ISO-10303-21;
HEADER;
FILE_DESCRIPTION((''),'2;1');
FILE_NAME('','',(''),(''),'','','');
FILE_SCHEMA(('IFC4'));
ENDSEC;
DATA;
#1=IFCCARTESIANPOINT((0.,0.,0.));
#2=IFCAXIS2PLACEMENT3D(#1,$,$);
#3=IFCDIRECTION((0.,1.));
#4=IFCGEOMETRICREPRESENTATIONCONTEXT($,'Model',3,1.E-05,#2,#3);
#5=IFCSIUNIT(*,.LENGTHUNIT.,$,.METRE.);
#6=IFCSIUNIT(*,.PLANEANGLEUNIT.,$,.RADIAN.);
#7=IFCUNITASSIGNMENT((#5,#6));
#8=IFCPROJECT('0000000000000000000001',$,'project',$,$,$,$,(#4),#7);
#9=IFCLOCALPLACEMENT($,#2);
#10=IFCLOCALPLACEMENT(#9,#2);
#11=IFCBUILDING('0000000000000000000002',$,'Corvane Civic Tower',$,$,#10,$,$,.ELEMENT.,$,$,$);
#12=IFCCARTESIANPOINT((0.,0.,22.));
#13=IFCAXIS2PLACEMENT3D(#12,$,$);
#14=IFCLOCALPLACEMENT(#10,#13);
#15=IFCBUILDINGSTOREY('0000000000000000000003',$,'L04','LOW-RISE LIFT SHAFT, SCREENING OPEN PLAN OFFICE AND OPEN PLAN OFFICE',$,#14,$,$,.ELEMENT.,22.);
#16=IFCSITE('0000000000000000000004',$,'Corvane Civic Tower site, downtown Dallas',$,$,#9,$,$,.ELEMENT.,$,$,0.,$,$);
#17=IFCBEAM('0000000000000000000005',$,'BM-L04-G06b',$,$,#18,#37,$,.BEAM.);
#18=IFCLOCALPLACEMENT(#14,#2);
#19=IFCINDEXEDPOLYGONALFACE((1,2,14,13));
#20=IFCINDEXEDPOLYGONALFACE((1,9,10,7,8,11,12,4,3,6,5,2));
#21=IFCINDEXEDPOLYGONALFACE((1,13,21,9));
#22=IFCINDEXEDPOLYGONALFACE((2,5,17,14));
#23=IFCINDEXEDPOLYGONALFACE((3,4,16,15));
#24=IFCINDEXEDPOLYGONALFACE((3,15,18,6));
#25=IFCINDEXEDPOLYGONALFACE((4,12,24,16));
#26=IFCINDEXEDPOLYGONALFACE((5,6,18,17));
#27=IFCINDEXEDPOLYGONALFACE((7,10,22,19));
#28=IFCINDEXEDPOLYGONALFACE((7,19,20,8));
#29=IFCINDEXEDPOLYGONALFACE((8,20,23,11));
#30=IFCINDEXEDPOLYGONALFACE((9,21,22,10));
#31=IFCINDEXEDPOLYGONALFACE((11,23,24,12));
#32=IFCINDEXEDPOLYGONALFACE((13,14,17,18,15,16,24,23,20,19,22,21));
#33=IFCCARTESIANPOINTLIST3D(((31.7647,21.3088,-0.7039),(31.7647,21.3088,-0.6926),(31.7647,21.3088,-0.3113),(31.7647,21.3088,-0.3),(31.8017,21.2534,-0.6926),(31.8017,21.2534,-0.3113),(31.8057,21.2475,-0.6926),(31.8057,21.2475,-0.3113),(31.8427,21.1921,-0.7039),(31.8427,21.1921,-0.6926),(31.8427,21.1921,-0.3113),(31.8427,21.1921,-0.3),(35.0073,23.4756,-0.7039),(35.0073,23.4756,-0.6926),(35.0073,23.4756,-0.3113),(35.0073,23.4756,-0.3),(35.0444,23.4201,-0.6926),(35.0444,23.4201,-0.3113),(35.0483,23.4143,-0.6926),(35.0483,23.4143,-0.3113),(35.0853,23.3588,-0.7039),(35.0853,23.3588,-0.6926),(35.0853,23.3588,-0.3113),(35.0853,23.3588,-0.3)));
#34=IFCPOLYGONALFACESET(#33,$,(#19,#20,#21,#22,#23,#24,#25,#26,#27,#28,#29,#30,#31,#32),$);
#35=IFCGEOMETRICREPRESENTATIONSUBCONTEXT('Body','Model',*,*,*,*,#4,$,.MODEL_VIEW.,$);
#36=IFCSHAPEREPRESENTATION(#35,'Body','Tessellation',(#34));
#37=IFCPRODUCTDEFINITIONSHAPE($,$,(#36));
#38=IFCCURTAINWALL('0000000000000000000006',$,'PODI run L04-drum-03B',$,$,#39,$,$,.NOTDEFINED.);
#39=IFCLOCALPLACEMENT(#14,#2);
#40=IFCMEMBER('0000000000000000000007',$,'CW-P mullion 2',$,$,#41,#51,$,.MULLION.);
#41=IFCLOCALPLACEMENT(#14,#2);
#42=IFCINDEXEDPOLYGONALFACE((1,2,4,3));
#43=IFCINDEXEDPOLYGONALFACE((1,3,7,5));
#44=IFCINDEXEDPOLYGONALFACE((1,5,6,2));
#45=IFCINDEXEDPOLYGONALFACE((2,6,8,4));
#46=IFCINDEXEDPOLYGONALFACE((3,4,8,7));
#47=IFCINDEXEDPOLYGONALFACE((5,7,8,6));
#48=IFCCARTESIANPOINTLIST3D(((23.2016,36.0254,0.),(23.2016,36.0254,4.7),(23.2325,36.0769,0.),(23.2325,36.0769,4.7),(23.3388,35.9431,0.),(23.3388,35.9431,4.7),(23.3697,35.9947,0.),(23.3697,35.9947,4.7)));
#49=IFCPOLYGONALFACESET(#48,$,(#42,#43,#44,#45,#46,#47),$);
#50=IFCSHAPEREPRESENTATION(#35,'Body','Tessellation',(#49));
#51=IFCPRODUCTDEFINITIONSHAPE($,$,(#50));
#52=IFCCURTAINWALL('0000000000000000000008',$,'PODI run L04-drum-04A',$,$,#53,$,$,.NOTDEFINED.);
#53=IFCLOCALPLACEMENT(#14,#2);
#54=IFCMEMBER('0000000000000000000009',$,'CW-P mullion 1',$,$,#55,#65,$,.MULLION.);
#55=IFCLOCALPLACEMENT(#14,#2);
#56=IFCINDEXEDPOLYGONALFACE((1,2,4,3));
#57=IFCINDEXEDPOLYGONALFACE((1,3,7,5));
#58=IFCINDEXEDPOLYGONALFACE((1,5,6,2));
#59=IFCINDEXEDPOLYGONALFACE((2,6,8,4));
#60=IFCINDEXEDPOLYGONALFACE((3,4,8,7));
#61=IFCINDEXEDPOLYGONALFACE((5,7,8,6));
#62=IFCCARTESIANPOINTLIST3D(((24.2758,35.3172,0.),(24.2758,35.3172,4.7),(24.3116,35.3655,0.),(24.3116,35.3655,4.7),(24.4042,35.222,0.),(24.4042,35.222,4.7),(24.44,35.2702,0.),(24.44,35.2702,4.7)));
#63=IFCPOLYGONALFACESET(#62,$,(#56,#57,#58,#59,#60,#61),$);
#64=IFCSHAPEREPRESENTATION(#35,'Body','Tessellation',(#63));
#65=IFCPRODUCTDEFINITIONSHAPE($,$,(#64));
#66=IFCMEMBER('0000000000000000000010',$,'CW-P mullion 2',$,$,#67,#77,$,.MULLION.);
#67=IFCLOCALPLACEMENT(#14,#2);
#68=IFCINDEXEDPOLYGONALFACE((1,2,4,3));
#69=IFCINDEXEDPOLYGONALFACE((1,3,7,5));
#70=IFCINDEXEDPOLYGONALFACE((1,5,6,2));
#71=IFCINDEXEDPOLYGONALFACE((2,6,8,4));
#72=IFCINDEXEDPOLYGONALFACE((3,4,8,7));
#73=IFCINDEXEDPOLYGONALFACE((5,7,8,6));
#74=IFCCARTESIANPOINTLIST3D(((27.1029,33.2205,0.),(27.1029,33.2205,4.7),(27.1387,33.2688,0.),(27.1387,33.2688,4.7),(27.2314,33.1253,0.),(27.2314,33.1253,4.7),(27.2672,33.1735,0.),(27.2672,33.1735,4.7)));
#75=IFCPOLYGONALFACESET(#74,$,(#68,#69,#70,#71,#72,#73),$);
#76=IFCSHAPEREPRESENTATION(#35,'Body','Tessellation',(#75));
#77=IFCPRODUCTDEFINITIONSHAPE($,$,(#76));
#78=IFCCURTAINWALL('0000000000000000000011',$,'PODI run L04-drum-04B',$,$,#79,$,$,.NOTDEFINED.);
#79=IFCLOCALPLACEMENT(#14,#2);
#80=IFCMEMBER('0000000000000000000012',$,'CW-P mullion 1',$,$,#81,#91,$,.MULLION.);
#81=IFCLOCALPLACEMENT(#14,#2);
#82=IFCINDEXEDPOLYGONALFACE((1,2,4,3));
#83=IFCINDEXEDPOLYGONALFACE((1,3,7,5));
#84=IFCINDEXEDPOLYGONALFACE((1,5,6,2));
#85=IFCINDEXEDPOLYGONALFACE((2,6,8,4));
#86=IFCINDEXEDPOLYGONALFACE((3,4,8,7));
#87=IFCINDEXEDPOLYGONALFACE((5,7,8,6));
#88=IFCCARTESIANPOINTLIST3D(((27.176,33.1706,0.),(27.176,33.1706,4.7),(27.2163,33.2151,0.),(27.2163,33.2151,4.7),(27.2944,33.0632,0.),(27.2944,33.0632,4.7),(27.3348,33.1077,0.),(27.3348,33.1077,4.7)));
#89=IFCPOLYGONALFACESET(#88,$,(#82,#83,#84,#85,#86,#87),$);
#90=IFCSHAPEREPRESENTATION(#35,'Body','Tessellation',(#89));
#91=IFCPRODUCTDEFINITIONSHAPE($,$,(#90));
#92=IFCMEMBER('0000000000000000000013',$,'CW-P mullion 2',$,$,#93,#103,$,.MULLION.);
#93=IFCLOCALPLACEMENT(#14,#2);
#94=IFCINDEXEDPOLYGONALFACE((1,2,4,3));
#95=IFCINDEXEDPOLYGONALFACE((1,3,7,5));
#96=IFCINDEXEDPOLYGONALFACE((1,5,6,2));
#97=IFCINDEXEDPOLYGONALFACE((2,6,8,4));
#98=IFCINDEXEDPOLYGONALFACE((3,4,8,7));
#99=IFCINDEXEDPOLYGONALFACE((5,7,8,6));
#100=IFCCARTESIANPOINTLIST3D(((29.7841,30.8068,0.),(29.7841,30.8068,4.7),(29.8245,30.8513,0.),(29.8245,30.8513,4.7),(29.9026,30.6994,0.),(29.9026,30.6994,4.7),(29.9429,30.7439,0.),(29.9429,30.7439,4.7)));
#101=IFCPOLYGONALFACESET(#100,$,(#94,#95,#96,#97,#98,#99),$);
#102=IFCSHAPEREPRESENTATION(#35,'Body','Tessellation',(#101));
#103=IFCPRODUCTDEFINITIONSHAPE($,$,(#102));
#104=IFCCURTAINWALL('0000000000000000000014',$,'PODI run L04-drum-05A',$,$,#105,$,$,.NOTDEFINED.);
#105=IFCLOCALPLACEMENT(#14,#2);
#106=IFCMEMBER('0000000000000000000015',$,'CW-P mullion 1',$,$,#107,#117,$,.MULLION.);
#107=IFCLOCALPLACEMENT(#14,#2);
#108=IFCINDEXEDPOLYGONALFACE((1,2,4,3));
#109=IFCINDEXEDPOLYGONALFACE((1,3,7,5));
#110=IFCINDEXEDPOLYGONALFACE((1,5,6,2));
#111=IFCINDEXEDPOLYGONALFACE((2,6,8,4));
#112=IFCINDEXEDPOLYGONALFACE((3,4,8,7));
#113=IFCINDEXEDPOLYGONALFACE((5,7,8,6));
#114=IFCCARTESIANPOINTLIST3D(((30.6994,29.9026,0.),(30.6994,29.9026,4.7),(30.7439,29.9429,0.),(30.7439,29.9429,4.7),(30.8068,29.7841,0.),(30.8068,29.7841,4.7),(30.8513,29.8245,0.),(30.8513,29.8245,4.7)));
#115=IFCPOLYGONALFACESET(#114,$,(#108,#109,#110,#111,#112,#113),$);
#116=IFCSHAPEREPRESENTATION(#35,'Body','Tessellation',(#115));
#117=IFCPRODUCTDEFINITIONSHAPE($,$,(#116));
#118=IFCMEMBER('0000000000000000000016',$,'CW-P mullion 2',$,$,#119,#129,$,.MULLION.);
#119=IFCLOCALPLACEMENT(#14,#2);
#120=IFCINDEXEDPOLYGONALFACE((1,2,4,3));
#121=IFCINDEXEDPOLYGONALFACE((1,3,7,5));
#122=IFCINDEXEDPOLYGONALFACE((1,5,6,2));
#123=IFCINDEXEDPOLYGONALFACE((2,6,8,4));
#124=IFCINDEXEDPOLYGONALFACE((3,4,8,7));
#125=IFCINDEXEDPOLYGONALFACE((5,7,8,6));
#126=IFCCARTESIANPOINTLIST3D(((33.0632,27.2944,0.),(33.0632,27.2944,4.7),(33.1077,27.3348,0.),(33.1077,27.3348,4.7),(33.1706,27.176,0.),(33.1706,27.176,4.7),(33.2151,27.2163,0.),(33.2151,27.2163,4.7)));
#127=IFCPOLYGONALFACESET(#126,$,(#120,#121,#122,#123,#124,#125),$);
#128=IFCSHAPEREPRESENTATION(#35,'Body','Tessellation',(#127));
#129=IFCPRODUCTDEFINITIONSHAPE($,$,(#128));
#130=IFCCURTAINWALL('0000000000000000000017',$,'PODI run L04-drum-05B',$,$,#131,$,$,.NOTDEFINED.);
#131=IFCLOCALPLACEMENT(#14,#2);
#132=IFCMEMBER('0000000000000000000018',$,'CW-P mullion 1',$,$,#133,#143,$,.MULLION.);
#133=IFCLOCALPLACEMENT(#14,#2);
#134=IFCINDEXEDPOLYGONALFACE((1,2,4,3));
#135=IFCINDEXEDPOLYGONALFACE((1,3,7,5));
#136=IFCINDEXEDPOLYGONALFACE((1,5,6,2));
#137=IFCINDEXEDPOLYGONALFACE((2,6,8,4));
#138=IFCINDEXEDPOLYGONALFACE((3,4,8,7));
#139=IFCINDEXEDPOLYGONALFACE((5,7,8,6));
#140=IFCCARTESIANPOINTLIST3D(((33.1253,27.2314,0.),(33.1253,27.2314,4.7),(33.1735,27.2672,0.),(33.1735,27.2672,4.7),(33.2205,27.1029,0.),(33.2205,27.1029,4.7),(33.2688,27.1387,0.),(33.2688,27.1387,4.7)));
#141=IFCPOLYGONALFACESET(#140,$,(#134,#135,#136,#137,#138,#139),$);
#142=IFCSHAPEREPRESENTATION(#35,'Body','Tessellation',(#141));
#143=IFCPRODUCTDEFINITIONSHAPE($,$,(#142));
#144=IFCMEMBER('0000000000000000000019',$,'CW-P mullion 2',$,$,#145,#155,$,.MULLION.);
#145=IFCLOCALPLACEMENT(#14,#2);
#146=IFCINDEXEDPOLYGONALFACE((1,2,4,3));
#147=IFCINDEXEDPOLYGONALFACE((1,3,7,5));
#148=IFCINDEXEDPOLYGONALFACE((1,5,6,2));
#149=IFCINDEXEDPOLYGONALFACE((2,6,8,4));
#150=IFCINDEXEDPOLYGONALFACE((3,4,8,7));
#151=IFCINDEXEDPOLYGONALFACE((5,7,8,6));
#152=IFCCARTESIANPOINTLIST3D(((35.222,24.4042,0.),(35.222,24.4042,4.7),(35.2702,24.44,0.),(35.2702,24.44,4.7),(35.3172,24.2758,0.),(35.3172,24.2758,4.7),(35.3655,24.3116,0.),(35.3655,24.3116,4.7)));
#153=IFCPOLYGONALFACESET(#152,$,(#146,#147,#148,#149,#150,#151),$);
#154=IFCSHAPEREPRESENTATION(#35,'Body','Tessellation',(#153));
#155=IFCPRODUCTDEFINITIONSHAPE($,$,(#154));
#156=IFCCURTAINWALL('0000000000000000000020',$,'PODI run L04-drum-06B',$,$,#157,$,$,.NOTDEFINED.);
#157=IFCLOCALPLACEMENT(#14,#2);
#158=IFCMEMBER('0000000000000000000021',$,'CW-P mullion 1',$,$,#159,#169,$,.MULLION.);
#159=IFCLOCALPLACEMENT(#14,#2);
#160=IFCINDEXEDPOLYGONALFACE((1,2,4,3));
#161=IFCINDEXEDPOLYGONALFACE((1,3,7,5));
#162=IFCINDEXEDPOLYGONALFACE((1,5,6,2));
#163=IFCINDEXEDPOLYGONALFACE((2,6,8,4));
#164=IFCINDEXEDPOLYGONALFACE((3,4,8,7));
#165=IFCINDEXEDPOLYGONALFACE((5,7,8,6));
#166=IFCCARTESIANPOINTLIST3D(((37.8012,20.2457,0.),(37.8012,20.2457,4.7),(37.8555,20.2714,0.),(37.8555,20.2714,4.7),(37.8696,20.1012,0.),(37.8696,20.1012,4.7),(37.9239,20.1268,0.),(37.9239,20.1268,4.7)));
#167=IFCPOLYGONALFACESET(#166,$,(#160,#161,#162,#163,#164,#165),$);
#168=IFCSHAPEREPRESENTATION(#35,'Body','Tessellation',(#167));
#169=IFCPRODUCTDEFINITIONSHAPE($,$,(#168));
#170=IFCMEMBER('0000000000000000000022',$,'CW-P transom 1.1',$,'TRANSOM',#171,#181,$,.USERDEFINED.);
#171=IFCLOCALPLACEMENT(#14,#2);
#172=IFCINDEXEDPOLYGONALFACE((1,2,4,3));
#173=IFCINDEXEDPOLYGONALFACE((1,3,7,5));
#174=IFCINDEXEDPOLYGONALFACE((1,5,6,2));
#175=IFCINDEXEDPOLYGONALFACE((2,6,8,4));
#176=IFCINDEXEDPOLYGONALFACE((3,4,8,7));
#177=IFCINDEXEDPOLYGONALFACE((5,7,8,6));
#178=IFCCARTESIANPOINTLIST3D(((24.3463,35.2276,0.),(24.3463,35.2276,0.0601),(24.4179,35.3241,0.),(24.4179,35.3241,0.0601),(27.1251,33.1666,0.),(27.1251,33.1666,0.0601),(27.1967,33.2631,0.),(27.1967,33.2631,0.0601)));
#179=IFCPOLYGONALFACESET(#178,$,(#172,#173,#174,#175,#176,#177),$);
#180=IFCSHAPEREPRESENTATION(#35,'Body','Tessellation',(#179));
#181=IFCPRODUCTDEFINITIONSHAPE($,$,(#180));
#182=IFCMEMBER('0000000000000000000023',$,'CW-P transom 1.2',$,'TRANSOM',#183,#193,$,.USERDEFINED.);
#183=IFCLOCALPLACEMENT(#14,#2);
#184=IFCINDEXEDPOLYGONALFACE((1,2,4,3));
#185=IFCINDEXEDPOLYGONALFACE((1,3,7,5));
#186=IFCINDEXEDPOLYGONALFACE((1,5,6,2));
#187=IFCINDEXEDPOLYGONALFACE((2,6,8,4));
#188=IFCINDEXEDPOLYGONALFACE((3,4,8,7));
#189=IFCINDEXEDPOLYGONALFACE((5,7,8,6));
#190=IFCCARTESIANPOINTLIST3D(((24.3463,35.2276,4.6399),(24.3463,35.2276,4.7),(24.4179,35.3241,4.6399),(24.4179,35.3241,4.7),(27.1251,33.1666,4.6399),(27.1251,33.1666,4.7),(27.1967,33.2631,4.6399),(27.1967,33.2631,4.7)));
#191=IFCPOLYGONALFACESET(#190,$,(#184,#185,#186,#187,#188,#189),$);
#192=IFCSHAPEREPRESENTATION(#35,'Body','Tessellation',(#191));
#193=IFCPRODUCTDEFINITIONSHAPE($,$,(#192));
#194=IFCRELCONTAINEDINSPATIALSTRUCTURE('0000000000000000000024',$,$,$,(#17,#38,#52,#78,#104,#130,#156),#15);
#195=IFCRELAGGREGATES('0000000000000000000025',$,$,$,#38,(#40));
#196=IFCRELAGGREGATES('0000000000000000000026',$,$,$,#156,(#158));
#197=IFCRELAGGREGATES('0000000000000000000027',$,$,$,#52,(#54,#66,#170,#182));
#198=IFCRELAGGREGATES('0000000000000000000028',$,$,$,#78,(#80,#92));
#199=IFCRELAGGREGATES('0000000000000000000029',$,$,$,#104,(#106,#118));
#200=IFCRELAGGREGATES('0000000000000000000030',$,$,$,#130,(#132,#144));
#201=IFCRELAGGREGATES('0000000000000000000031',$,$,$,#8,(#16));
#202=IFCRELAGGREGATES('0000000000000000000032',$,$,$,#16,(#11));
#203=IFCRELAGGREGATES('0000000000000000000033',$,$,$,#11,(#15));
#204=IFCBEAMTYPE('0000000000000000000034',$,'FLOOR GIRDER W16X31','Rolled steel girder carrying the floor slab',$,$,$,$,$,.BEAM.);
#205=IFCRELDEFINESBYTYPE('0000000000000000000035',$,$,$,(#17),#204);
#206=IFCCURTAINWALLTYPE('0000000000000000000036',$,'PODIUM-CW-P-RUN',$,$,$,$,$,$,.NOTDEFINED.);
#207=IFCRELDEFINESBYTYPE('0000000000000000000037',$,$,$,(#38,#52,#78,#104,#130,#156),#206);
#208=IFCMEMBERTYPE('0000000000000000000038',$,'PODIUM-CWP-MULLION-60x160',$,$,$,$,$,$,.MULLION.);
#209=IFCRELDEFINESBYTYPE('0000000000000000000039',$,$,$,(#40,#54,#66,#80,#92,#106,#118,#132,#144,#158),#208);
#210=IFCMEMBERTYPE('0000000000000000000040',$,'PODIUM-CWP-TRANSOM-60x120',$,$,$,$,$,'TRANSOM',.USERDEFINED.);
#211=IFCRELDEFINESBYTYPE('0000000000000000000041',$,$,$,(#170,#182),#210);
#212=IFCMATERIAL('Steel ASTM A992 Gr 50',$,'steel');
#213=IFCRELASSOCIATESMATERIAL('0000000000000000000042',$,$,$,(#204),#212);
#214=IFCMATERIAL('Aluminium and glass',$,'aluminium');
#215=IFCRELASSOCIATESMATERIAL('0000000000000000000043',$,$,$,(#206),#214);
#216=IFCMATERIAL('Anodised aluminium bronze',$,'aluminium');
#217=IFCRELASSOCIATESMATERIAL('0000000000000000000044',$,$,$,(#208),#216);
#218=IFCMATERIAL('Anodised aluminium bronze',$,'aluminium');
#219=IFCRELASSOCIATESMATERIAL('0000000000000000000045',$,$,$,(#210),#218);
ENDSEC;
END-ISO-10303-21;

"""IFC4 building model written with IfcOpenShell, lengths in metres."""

from ifc_helpers import new_model, si_unit, direction, frame, origin, origin_2d, place, context, subcontext, project, spatial, rectangle, i_section, extrude, material, material_profile, profile_set, type_object, element, aggregate, save


model = new_model("IFC4")

# Units and contexts
model_context = context("Model", 3, precision=1e-05, world=origin(), true_north=direction((0.0, 1.0)))
body_context = subcontext(model_context, "Body", "Model", "MODEL_VIEW")
ifc_project = project(units=[si_unit("LENGTHUNIT", "METRE"), si_unit("PLANEANGLEUNIT", "RADIAN")], contexts=[model_context])

# Site, building, storey
site_placement = place(None, origin())
site = spatial("IfcSite", under=ifc_project, at=site_placement, Name="Corvane Civic Tower site, downtown Dallas", CompositionType="ELEMENT", RefElevation=0.0)
building_placement = place(site_placement, origin())
building = spatial("IfcBuilding", under=site, at=building_placement, Name="Corvane Civic Tower", CompositionType="ELEMENT")
storey_placement = place(building_placement, frame((0.0, 0.0, 22.0)))
storey = spatial("IfcBuildingStorey", under=building, at=storey_placement, Name="L04", Description="LOW-RISE LIFT SHAFT, SCREENING OPEN PLAN OFFICE AND OPEN PLAN OFFICE", CompositionType="ELEMENT", Elevation=22.0)

# Beam
ifc_material_1 = material(Name="Steel ASTM A992 Gr 50", Category="steel")
ifc_material_profile_1 = material_profile(ifc_material_1, i_section(OverallWidth=0.1404, OverallDepth=0.4038, WebThickness=0.0071, FlangeThickness=0.0112, at=origin_2d()), Name="W16X31")
ifc_profile_set_1 = profile_set([ifc_material_profile_1], Name="Steel ASTM A992 Gr 50")
beam_type_1 = type_object("IfcBeamType", Name="FLOOR GIRDER W16X31", Description="Rolled steel girder carrying the floor slab", PredefinedType="BEAM", material=ifc_profile_set_1)
for number, where, z_axis, x_axis, name in (
    (1, (31.8037, 21.2505, -0.502), (0.831462, 0.555581, 0.0), (-0.555581, 0.831462, 0.0), "BM-L04-G06b"),
):
    element("IfcBeam", number, at=place(storey_placement, frame(where, z_axis=z_axis, x_axis=x_axis)), inside=storey, type_object=beam_type_1, Name=name, PredefinedType="BEAM", context=body_context, shape_type="SweptSolid", body=[
        extrude(i_section(OverallWidth=0.1404, OverallDepth=0.4038, WebThickness=0.0071, FlangeThickness=0.0112, at=origin_2d()), origin(), (0.0, 0.0, 1.0), 3.8999),
    ])

# Curtain wall, member
ifc_material_2 = material(Name="Aluminium and glass", Category="aluminium")
curtain_wall_type = type_object("IfcCurtainWallType", Name="PODIUM-CW-P-RUN", PredefinedType="NOTDEFINED", material=ifc_material_2)
curtain_wall_1_placement = place(storey_placement, origin())
curtain_wall_1 = element("IfcCurtainWall", 2, at=curtain_wall_1_placement, inside=storey, type_object=curtain_wall_type, Name="PODI run L04-drum-03B", PredefinedType="NOTDEFINED")
ifc_material_3 = material(Name="Anodised aluminium bronze", Category="aluminium")
ifc_material_profile_2 = material_profile(ifc_material_3, rectangle(XDim=0.0601, YDim=0.1599, at=origin_2d()), Name="AL 60x160")
ifc_profile_set_2 = profile_set([ifc_material_profile_2], Name="Anodised aluminium bronze")
member_type_1 = type_object("IfcMemberType", Name="PODIUM-CWP-MULLION-60x160", PredefinedType="MULLION", material=ifc_profile_set_2)
member_1_placement = place(storey_placement, frame((23.2856, 36.01, 0.0), z_axis=(0.0, 0.0, 1.0), x_axis=(0.514118, 0.85772, 0.0)))
member_1 = element("IfcMember", 3, at=member_1_placement, type_object=member_type_1, Name="CW-P mullion 2", PredefinedType="MULLION", context=body_context, shape_type="SweptSolid", body=[
    extrude(rectangle(XDim=0.0601, YDim=0.1599, at=origin_2d()), origin(), (0.0, 0.0, 1.0), 4.7),
])
aggregate(curtain_wall_1, [member_1])

# Curtain walls, members
curtain_wall_2_placement = place(storey_placement, origin())
curtain_wall_2 = element("IfcCurtainWall", 4, at=curtain_wall_2_placement, inside=storey, type_object=curtain_wall_type, Name="PODI run L04-drum-04A", PredefinedType="NOTDEFINED")
member_2_placement = place(storey_placement, frame((24.3579, 35.2937, 0.0), z_axis=(0.0, 0.0, 1.0), x_axis=(0.595705, 0.803203, 0.0)))
member_2 = element("IfcMember", 5, at=member_2_placement, type_object=member_type_1, Name="CW-P mullion 1", PredefinedType="MULLION", context=body_context, shape_type="SweptSolid", body=[
    extrude(rectangle(XDim=0.0601, YDim=0.1599, at=origin_2d()), origin(), (0.0, 0.0, 1.0), 4.7),
])
member_3_placement = place(storey_placement, frame((27.1851, 33.197, 0.0), z_axis=(0.0, 0.0, 1.0), x_axis=(0.595705, 0.803203, 0.0)))
member_3 = element("IfcMember", 6, at=member_3_placement, type_object=member_type_1, Name="CW-P mullion 2", PredefinedType="MULLION", context=body_context, shape_type="SweptSolid", body=[
    extrude(rectangle(XDim=0.0601, YDim=0.1599, at=origin_2d()), origin(), (0.0, 0.0, 1.0), 4.7),
])
curtain_wall_3_placement = place(storey_placement, origin())
curtain_wall_3 = element("IfcCurtainWall", 7, at=curtain_wall_3_placement, inside=storey, type_object=curtain_wall_type, Name="PODI run L04-drum-04B", PredefinedType="NOTDEFINED")
member_4_placement = place(storey_placement, frame((27.2554, 33.1392, 0.0), z_axis=(0.0, 0.0, 1.0), x_axis=(0.671576, 0.740935, 0.0)))
member_4 = element("IfcMember", 8, at=member_4_placement, type_object=member_type_1, Name="CW-P mullion 1", PredefinedType="MULLION", context=body_context, shape_type="SweptSolid", body=[
    extrude(rectangle(XDim=0.0601, YDim=0.1599, at=origin_2d()), origin(), (0.0, 0.0, 1.0), 4.7),
])
member_5_placement = place(storey_placement, frame((29.8635, 30.7754, 0.0), z_axis=(0.0, 0.0, 1.0), x_axis=(0.671576, 0.740935, 0.0)))
member_5 = element("IfcMember", 9, at=member_5_placement, type_object=member_type_1, Name="CW-P mullion 2", PredefinedType="MULLION", context=body_context, shape_type="SweptSolid", body=[
    extrude(rectangle(XDim=0.0601, YDim=0.1599, at=origin_2d()), origin(), (0.0, 0.0, 1.0), 4.7),
])
curtain_wall_4_placement = place(storey_placement, origin())
curtain_wall_4 = element("IfcCurtainWall", 10, at=curtain_wall_4_placement, inside=storey, type_object=curtain_wall_type, Name="PODI run L04-drum-05A", PredefinedType="NOTDEFINED")
member_6_placement = place(storey_placement, frame((30.7754, 29.8635, 0.0), z_axis=(0.0, 0.0, 1.0), x_axis=(0.740935, 0.671576, 0.0)))
member_6 = element("IfcMember", 11, at=member_6_placement, type_object=member_type_1, Name="CW-P mullion 1", PredefinedType="MULLION", context=body_context, shape_type="SweptSolid", body=[
    extrude(rectangle(XDim=0.0601, YDim=0.1599, at=origin_2d()), origin(), (0.0, 0.0, 1.0), 4.7),
])
member_7_placement = place(storey_placement, frame((33.1392, 27.2554, 0.0), z_axis=(0.0, 0.0, 1.0), x_axis=(0.740935, 0.671576, 0.0)))
member_7 = element("IfcMember", 12, at=member_7_placement, type_object=member_type_1, Name="CW-P mullion 2", PredefinedType="MULLION", context=body_context, shape_type="SweptSolid", body=[
    extrude(rectangle(XDim=0.0601, YDim=0.1599, at=origin_2d()), origin(), (0.0, 0.0, 1.0), 4.7),
])
curtain_wall_5_placement = place(storey_placement, origin())
curtain_wall_5 = element("IfcCurtainWall", 13, at=curtain_wall_5_placement, inside=storey, type_object=curtain_wall_type, Name="PODI run L04-drum-05B", PredefinedType="NOTDEFINED")
member_8_placement = place(storey_placement, frame((33.197, 27.1851, 0.0), z_axis=(0.0, 0.0, 1.0), x_axis=(0.803203, 0.595705, 0.0)))
member_8 = element("IfcMember", 14, at=member_8_placement, type_object=member_type_1, Name="CW-P mullion 1", PredefinedType="MULLION", context=body_context, shape_type="SweptSolid", body=[
    extrude(rectangle(XDim=0.0601, YDim=0.1599, at=origin_2d()), origin(), (0.0, 0.0, 1.0), 4.7),
])
member_9_placement = place(storey_placement, frame((35.2937, 24.3579, 0.0), z_axis=(0.0, 0.0, 1.0), x_axis=(0.803203, 0.595705, 0.0)))
member_9 = element("IfcMember", 15, at=member_9_placement, type_object=member_type_1, Name="CW-P mullion 2", PredefinedType="MULLION", context=body_context, shape_type="SweptSolid", body=[
    extrude(rectangle(XDim=0.0601, YDim=0.1599, at=origin_2d()), origin(), (0.0, 0.0, 1.0), 4.7),
])

# Curtain wall, member
curtain_wall_6_placement = place(storey_placement, origin())
curtain_wall_6 = element("IfcCurtainWall", 16, at=curtain_wall_6_placement, inside=storey, type_object=curtain_wall_type, Name="PODI run L04-drum-06B", PredefinedType="NOTDEFINED")
member_10_placement = place(storey_placement, frame((37.8625, 20.1863, 0.0), z_axis=(0.0, 0.0, 1.0), x_axis=(0.90399, 0.427553, 0.0)))
member_10 = element("IfcMember", 17, at=member_10_placement, type_object=member_type_1, Name="CW-P mullion 1", PredefinedType="MULLION", context=body_context, shape_type="SweptSolid", body=[
    extrude(rectangle(XDim=0.0601, YDim=0.1599, at=origin_2d()), origin(), (0.0, 0.0, 1.0), 4.7),
])
aggregate(curtain_wall_6, [member_10])

# Members
ifc_material_4 = material(Name="Anodised aluminium bronze", Category="aluminium")
ifc_material_profile_3 = material_profile(ifc_material_4, rectangle(XDim=0.1201, YDim=0.0601, at=origin_2d()), Name="AL 120x60")
ifc_profile_set_3 = profile_set([ifc_material_profile_3], Name="Anodised aluminium bronze")
member_type_2 = type_object("IfcMemberType", Name="PODIUM-CWP-TRANSOM-60x120", ElementType="TRANSOM", PredefinedType="USERDEFINED", material=ifc_profile_set_3)
member_11_placement = place(storey_placement, frame((24.3821, 35.2759, 0.03), z_axis=(0.80319, -0.595724, 0.0), x_axis=(0.595724, 0.80319, 0.0)))
member_11 = element("IfcMember", 18, at=member_11_placement, type_object=member_type_2, Name="CW-P transom 1.1", ObjectType="TRANSOM", PredefinedType="USERDEFINED", context=body_context, shape_type="SweptSolid", body=[
    extrude(rectangle(XDim=0.1201, YDim=0.0601, at=origin_2d()), origin(), (0.0, 0.0, 1.0), 3.4597),
])
member_12_placement = place(storey_placement, frame((24.3821, 35.2759, 4.6699), z_axis=(0.80319, -0.595724, 0.0), x_axis=(0.595724, 0.80319, 0.0)))
member_12 = element("IfcMember", 19, at=member_12_placement, type_object=member_type_2, Name="CW-P transom 1.2", ObjectType="TRANSOM", PredefinedType="USERDEFINED", context=body_context, shape_type="SweptSolid", body=[
    extrude(rectangle(XDim=0.1201, YDim=0.0601, at=origin_2d()), origin(), (0.0, 0.0, 1.0), 3.4597),
])

aggregate(curtain_wall_2, [member_2, member_3, member_11, member_12])
aggregate(curtain_wall_3, [member_4, member_5])
aggregate(curtain_wall_4, [member_6, member_7])
aggregate(curtain_wall_5, [member_8, member_9])

save(model, "model.ifc")
